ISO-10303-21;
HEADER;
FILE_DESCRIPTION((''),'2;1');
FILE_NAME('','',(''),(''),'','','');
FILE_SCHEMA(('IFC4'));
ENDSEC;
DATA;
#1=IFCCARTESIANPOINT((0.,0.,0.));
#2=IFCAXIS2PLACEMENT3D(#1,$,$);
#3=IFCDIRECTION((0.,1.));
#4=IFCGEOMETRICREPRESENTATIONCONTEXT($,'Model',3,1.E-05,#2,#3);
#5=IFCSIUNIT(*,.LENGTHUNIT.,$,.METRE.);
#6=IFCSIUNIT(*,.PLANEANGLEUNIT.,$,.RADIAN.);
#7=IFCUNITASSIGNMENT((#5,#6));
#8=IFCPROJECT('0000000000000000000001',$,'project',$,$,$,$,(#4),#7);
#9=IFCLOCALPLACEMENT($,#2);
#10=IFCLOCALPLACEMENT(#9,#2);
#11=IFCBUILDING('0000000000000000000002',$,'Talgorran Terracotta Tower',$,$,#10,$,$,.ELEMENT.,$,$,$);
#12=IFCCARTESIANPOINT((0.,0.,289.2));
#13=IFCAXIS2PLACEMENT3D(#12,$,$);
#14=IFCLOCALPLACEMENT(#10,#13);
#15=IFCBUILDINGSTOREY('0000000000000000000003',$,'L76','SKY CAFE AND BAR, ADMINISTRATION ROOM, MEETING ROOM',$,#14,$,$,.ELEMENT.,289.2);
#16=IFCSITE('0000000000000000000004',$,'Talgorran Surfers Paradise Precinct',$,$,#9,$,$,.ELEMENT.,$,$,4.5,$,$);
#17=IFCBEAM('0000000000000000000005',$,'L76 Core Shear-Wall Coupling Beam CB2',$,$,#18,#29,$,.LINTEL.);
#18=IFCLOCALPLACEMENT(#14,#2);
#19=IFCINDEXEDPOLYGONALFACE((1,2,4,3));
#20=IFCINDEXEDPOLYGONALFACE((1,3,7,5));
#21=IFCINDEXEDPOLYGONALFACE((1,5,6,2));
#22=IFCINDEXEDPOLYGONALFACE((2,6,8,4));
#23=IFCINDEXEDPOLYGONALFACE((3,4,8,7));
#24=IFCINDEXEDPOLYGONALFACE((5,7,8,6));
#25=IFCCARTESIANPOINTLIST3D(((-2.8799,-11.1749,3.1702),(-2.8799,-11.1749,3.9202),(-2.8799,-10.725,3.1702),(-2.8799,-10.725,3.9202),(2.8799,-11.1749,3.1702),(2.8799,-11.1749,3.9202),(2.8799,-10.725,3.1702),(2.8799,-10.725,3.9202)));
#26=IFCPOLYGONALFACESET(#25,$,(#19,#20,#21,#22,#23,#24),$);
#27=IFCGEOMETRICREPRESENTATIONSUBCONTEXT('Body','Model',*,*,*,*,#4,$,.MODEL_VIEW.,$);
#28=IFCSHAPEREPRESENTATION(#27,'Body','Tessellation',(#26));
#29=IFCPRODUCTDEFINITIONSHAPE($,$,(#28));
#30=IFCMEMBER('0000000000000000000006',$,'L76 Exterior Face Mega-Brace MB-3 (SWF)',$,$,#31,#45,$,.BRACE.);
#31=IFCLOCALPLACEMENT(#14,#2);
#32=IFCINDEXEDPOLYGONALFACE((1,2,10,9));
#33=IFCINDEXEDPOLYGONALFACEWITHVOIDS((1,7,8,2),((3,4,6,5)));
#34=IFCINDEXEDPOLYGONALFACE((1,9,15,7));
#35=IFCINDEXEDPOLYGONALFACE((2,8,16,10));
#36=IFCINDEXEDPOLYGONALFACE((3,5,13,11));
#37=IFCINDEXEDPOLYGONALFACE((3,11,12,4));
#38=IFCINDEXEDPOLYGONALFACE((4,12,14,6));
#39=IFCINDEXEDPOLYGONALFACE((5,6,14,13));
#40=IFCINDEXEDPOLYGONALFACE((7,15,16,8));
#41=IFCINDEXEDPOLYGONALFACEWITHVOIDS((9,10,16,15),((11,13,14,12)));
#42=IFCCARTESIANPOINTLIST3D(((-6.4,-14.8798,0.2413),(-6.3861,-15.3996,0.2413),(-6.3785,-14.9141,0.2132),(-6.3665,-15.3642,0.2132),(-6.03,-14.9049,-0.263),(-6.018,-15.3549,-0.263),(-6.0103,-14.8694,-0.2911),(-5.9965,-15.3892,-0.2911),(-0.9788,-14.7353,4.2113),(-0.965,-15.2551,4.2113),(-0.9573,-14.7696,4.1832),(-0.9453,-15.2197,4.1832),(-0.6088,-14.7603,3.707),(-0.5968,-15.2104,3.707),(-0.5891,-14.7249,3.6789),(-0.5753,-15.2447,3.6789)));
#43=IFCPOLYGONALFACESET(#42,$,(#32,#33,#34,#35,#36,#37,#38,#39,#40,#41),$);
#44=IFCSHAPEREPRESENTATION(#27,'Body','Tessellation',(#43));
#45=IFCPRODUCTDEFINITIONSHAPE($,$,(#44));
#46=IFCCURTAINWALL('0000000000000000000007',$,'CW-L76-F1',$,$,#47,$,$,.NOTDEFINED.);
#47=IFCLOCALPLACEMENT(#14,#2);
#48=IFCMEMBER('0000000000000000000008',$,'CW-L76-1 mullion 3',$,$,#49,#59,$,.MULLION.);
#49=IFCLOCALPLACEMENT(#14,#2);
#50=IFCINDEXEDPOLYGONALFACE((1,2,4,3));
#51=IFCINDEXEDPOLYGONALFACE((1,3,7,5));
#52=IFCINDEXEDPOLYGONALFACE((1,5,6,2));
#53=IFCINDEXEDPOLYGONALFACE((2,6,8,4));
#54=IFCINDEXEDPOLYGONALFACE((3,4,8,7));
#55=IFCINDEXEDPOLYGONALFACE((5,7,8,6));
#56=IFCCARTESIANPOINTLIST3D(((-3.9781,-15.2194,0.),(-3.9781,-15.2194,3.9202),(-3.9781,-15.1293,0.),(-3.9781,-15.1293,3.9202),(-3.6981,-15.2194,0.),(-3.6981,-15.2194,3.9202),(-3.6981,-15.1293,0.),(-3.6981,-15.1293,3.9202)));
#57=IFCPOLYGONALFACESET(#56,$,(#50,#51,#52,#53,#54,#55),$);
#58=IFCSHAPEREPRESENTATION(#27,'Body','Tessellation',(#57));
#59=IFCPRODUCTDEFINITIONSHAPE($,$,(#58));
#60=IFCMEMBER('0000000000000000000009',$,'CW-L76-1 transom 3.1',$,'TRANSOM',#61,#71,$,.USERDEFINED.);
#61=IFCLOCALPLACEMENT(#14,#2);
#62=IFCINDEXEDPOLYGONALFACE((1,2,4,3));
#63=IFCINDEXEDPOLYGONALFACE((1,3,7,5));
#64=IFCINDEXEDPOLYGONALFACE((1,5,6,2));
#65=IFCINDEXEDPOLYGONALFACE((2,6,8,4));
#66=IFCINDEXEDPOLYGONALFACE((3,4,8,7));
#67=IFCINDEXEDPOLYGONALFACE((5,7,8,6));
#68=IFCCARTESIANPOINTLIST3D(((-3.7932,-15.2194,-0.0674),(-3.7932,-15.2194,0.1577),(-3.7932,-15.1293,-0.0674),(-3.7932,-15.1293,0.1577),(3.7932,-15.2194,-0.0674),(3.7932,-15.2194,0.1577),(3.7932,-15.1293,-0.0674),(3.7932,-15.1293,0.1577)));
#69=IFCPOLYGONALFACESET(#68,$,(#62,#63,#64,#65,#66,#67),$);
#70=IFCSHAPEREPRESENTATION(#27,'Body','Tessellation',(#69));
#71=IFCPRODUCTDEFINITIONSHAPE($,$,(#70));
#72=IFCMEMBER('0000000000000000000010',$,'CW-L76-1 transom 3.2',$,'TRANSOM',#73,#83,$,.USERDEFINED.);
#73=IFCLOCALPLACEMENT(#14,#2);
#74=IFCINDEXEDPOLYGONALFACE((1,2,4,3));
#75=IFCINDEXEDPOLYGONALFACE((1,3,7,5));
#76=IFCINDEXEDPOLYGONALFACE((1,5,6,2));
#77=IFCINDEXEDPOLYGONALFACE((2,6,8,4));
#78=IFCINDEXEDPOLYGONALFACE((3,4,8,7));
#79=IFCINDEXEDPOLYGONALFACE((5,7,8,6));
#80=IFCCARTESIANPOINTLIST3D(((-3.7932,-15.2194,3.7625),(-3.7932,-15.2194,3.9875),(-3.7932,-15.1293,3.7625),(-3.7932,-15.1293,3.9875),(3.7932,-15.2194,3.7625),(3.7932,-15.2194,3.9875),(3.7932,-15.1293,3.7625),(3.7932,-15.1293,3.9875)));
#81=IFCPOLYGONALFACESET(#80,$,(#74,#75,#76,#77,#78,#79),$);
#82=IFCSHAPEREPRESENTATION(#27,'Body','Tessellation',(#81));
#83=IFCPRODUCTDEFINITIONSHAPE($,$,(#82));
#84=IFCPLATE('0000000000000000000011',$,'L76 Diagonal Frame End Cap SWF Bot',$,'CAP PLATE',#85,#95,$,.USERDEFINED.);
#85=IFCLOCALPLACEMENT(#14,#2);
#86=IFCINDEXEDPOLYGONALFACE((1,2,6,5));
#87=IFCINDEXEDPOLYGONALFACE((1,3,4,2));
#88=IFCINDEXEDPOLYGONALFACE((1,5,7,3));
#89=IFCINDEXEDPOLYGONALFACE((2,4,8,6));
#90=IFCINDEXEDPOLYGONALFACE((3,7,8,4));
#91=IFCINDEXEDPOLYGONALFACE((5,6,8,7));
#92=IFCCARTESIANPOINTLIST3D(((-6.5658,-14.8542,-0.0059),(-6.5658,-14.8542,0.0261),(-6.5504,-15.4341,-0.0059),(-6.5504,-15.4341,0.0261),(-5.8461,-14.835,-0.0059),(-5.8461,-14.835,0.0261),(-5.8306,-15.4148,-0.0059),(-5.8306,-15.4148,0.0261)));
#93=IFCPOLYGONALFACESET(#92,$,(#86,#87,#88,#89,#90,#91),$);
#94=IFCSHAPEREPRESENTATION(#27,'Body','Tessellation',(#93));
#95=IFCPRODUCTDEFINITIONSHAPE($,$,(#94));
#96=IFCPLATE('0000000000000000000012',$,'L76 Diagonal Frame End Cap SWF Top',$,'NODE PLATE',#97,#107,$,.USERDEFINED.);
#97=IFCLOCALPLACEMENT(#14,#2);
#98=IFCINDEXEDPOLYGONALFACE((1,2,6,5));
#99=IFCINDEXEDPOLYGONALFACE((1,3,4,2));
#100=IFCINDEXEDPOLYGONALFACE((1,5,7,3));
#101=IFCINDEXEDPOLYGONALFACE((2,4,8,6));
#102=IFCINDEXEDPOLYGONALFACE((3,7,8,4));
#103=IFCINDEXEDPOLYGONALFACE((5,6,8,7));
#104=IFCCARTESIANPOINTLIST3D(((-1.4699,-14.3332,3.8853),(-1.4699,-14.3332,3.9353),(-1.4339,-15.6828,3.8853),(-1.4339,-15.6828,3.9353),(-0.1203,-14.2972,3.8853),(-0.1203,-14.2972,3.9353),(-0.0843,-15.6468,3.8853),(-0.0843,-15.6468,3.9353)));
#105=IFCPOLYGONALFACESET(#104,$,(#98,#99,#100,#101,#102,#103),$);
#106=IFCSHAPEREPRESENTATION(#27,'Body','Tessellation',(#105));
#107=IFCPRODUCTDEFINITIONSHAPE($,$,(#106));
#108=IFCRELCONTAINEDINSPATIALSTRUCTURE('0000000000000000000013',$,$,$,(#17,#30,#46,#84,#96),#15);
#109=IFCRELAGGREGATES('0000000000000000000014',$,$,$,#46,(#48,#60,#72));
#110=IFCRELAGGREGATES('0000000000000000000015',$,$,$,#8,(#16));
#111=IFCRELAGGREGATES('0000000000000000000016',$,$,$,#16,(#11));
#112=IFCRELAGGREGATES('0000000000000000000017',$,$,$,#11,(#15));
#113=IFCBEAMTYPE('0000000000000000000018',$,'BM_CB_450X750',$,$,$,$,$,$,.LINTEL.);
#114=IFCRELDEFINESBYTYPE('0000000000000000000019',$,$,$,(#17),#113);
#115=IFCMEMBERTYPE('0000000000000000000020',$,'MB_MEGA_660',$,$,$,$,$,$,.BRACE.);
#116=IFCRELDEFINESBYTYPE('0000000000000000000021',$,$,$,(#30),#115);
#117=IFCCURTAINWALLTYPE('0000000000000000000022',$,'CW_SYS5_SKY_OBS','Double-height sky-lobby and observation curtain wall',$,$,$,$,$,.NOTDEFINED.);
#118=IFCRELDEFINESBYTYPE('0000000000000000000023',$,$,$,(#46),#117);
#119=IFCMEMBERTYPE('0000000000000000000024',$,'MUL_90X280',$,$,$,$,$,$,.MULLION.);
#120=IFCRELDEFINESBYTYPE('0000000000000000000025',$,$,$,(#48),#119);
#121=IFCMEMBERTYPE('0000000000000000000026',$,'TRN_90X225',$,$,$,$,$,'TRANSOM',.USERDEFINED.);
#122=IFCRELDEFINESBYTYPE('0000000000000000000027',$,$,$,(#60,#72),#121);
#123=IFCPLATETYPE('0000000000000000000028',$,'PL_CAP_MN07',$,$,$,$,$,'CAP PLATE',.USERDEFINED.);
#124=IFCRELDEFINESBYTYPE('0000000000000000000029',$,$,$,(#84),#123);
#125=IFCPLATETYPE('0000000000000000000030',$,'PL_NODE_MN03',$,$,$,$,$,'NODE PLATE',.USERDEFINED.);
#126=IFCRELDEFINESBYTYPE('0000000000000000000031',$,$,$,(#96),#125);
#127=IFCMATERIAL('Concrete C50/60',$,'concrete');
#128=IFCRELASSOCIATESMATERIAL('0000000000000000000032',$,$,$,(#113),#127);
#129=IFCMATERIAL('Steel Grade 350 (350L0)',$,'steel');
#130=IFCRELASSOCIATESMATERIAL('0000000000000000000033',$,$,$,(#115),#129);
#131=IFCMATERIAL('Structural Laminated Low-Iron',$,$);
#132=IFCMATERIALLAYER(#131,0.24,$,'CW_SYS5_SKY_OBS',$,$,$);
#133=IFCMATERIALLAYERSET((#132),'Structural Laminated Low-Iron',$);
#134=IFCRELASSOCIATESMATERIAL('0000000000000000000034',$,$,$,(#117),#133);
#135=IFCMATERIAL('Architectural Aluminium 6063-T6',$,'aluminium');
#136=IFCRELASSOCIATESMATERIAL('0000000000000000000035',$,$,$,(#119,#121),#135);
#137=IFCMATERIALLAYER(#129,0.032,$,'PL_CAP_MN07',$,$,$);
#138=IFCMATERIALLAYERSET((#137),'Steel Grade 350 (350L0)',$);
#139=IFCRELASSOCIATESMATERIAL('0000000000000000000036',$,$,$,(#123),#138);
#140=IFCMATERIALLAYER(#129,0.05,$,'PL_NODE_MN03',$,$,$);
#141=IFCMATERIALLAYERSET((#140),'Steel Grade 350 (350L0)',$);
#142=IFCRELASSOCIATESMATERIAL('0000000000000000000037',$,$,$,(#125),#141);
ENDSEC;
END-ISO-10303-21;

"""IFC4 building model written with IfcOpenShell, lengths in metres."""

from ifc_helpers import new_model, si_unit, direction, frame, origin, origin_2d, place, context, subcontext, project, spatial, rectangle, hollow_rectangle, extrude, material, layer, layer_set, material_profile, profile_set, type_object, element, aggregate, save


model = new_model("IFC4")

# Units and contexts
model_context = context("Model", 3, precision=1e-05, world=origin(), true_north=direction((0.0, 1.0)))
body_context = subcontext(model_context, "Body", "Model", "MODEL_VIEW")
ifc_project = project(units=[si_unit("LENGTHUNIT", "METRE"), si_unit("PLANEANGLEUNIT", "RADIAN")], contexts=[model_context])

# Site, building, storey
site_placement = place(None, origin())
site = spatial("IfcSite", under=ifc_project, at=site_placement, Name="Talgorran Surfers Paradise Precinct", CompositionType="ELEMENT", RefElevation=4.5)
building_placement = place(site_placement, origin())
building = spatial("IfcBuilding", under=site, at=building_placement, Name="Talgorran Terracotta Tower", CompositionType="ELEMENT")
storey_placement = place(building_placement, frame((0.0, 0.0, 289.2)))
storey = spatial("IfcBuildingStorey", under=building, at=storey_placement, Name="L76", Description="SKY CAFE AND BAR, ADMINISTRATION ROOM, MEETING ROOM", CompositionType="ELEMENT", Elevation=289.2)

# Beam
ifc_material_1 = material(Name="Concrete C50/60", Category="concrete")
ifc_material_profile_1 = material_profile(ifc_material_1, rectangle(XDim=0.45, YDim=0.75, at=origin_2d()), Name="RCCB450X750")
ifc_profile_set_1 = profile_set([ifc_material_profile_1], Name="Concrete C50/60")
beam_type = type_object("IfcBeamType", Name="BM_CB_450X750", PredefinedType="LINTEL", material=ifc_profile_set_1)
beam_placement = place(storey_placement, frame((-2.8799, -10.95, 3.5452), z_axis=(1.0, 0.0, 0.0), x_axis=(0.0, 1.0, 0.0)))
element("IfcBeam", 1, at=beam_placement, inside=storey, type_object=beam_type, Name="L76 Core Shear-Wall Coupling Beam CB2", PredefinedType="LINTEL", context=body_context, shape_type="SweptSolid", body=[
    extrude(rectangle(XDim=0.45, YDim=0.75, at=origin_2d()), origin(), (0.0, 0.0, 1.0), 5.7598),
])

# Member
ifc_material_2 = material(Name="Steel Grade 350 (350L0)", Category="steel")
ifc_material_profile_2 = material_profile(ifc_material_2, hollow_rectangle(XDim=0.52, YDim=0.6599, WallThickness=0.0349, at=origin_2d()), Name="WBOX660X520X35")
ifc_profile_set_2 = profile_set([ifc_material_profile_2], Name="Steel Grade 350 (350L0)")
member_type_1 = type_object("IfcMemberType", Name="MB_MEGA_660", PredefinedType="BRACE", material=ifc_profile_set_2)
member_1_placement = place(storey_placement, frame((-6.1982, -15.1345, -0.0249), z_axis=(0.806611, 0.021505, 0.590691), x_axis=(-0.026651, 0.999645, 0.0)))
element("IfcMember", 2, at=member_1_placement, inside=storey, type_object=member_type_1, Name="L76 Exterior Face Mega-Brace MB-3 (SWF)", PredefinedType="BRACE", context=body_context, shape_type="SweptSolid", body=[
    extrude(hollow_rectangle(XDim=0.52, YDim=0.6599, WallThickness=0.0349, at=origin_2d()), origin(), (0.0, 0.0, 1.0), 6.7209),
])

# Curtain wall, members
ifc_material_3 = material(Name="Structural Laminated Low-Iron")
ifc_layer_1 = layer(ifc_material_3, 0.24, Name="CW_SYS5_SKY_OBS")
ifc_layer_set_1 = layer_set([ifc_layer_1], Name="Structural Laminated Low-Iron")
curtain_wall_type = type_object("IfcCurtainWallType", Name="CW_SYS5_SKY_OBS", Description="Double-height sky-lobby and observation curtain wall", PredefinedType="NOTDEFINED", material=ifc_layer_set_1)
curtain_wall_placement = place(storey_placement, origin())
curtain_wall = element("IfcCurtainWall", 3, at=curtain_wall_placement, inside=storey, type_object=curtain_wall_type, Name="CW-L76-F1", PredefinedType="NOTDEFINED")
ifc_material_4 = material(Name="Architectural Aluminium 6063-T6", Category="aluminium")
ifc_material_profile_3 = material_profile(ifc_material_4, rectangle(XDim=0.0901, YDim=0.28, at=origin_2d()), Name="CWM90X280")
ifc_profile_set_3 = profile_set([ifc_material_profile_3], Name="Architectural Aluminium 6063-T6")
member_type_2 = type_object("IfcMemberType", Name="MUL_90X280", PredefinedType="MULLION", material=ifc_profile_set_3)
member_2_placement = place(storey_placement, frame((-3.8381, -15.1743, 0.0), z_axis=(0.0, 0.0, 1.0), x_axis=(0.0, 1.0, 0.0)))
member_2 = element("IfcMember", 4, at=member_2_placement, type_object=member_type_2, Name="CW-L76-1 mullion 3", PredefinedType="MULLION", context=body_context, shape_type="SweptSolid", body=[
    extrude(rectangle(XDim=0.0901, YDim=0.28, at=origin_2d()), origin(), (0.0, 0.0, 1.0), 3.9202),
])
ifc_material_profile_4 = material_profile(ifc_material_4, rectangle(XDim=0.0901, YDim=0.2251, at=origin_2d()), Name="CWT90X225")
ifc_profile_set_4 = profile_set([ifc_material_profile_4], Name="Architectural Aluminium 6063-T6")
member_type_3 = type_object("IfcMemberType", Name="TRN_90X225", ElementType="TRANSOM", PredefinedType="USERDEFINED", material=ifc_profile_set_4)
member_3_placement = place(storey_placement, frame((-3.7932, -15.1743, 0.0452), z_axis=(1.0, 0.0, 0.0), x_axis=(0.0, 1.0, 0.0)))
member_3 = element("IfcMember", 5, at=member_3_placement, type_object=member_type_3, Name="CW-L76-1 transom 3.1", ObjectType="TRANSOM", PredefinedType="USERDEFINED", context=body_context, shape_type="SweptSolid", body=[
    extrude(rectangle(XDim=0.0901, YDim=0.2251, at=origin_2d()), origin(), (0.0, 0.0, 1.0), 7.5864),
])
member_4_placement = place(storey_placement, frame((-3.7932, -15.1743, 3.875), z_axis=(1.0, 0.0, 0.0), x_axis=(0.0, 1.0, 0.0)))
member_4 = element("IfcMember", 6, at=member_4_placement, type_object=member_type_3, Name="CW-L76-1 transom 3.2", ObjectType="TRANSOM", PredefinedType="USERDEFINED", context=body_context, shape_type="SweptSolid", body=[
    extrude(rectangle(XDim=0.0901, YDim=0.2251, at=origin_2d()), origin(), (0.0, 0.0, 1.0), 7.5864),
])
aggregate(curtain_wall, [member_2, member_3, member_4])

# Plates
ifc_layer_2 = layer(ifc_material_2, 0.032, Name="PL_CAP_MN07")
ifc_layer_set_2 = layer_set([ifc_layer_2], Name="Steel Grade 350 (350L0)")
plate_type_1 = type_object("IfcPlateType", Name="PL_CAP_MN07", ElementType="CAP PLATE", PredefinedType="USERDEFINED", material=ifc_layer_set_2)
plate_1_placement = place(storey_placement, frame((-6.1982, -15.1345, -0.0059), z_axis=(0.0, 0.0, 1.0), x_axis=(0.999643, 0.0267, 0.0)))
element("IfcPlate", 7, at=plate_1_placement, inside=storey, type_object=plate_type_1, Name="L76 Diagonal Frame End Cap SWF Bot", ObjectType="CAP PLATE", PredefinedType="USERDEFINED", context=body_context, shape_type="SweptSolid", body=[
    extrude(rectangle(XDim=0.72, YDim=0.5801, at=origin_2d()), origin(), (0.0, 0.0, 1.0), 0.032),
])
ifc_layer_3 = layer(ifc_material_2, 0.05, Name="PL_NODE_MN03")
ifc_layer_set_3 = layer_set([ifc_layer_3], Name="Steel Grade 350 (350L0)")
plate_type_2 = type_object("IfcPlateType", Name="PL_NODE_MN03", ElementType="NODE PLATE", PredefinedType="USERDEFINED", material=ifc_layer_set_3)
plate_2_placement = place(storey_placement, frame((-0.7771, -14.99, 3.8853), z_axis=(0.0, 0.0, 1.0), x_axis=(0.999643, 0.0267, 0.0)))
element("IfcPlate", 8, at=plate_2_placement, inside=storey, type_object=plate_type_2, Name="L76 Diagonal Frame End Cap SWF Top", ObjectType="NODE PLATE", PredefinedType="USERDEFINED", context=body_context, shape_type="SweptSolid", body=[
    extrude(rectangle(XDim=1.3501, YDim=1.3501, at=origin_2d()), origin(), (0.0, 0.0, 1.0), 0.05),
])

save(model, "model.ifc")
